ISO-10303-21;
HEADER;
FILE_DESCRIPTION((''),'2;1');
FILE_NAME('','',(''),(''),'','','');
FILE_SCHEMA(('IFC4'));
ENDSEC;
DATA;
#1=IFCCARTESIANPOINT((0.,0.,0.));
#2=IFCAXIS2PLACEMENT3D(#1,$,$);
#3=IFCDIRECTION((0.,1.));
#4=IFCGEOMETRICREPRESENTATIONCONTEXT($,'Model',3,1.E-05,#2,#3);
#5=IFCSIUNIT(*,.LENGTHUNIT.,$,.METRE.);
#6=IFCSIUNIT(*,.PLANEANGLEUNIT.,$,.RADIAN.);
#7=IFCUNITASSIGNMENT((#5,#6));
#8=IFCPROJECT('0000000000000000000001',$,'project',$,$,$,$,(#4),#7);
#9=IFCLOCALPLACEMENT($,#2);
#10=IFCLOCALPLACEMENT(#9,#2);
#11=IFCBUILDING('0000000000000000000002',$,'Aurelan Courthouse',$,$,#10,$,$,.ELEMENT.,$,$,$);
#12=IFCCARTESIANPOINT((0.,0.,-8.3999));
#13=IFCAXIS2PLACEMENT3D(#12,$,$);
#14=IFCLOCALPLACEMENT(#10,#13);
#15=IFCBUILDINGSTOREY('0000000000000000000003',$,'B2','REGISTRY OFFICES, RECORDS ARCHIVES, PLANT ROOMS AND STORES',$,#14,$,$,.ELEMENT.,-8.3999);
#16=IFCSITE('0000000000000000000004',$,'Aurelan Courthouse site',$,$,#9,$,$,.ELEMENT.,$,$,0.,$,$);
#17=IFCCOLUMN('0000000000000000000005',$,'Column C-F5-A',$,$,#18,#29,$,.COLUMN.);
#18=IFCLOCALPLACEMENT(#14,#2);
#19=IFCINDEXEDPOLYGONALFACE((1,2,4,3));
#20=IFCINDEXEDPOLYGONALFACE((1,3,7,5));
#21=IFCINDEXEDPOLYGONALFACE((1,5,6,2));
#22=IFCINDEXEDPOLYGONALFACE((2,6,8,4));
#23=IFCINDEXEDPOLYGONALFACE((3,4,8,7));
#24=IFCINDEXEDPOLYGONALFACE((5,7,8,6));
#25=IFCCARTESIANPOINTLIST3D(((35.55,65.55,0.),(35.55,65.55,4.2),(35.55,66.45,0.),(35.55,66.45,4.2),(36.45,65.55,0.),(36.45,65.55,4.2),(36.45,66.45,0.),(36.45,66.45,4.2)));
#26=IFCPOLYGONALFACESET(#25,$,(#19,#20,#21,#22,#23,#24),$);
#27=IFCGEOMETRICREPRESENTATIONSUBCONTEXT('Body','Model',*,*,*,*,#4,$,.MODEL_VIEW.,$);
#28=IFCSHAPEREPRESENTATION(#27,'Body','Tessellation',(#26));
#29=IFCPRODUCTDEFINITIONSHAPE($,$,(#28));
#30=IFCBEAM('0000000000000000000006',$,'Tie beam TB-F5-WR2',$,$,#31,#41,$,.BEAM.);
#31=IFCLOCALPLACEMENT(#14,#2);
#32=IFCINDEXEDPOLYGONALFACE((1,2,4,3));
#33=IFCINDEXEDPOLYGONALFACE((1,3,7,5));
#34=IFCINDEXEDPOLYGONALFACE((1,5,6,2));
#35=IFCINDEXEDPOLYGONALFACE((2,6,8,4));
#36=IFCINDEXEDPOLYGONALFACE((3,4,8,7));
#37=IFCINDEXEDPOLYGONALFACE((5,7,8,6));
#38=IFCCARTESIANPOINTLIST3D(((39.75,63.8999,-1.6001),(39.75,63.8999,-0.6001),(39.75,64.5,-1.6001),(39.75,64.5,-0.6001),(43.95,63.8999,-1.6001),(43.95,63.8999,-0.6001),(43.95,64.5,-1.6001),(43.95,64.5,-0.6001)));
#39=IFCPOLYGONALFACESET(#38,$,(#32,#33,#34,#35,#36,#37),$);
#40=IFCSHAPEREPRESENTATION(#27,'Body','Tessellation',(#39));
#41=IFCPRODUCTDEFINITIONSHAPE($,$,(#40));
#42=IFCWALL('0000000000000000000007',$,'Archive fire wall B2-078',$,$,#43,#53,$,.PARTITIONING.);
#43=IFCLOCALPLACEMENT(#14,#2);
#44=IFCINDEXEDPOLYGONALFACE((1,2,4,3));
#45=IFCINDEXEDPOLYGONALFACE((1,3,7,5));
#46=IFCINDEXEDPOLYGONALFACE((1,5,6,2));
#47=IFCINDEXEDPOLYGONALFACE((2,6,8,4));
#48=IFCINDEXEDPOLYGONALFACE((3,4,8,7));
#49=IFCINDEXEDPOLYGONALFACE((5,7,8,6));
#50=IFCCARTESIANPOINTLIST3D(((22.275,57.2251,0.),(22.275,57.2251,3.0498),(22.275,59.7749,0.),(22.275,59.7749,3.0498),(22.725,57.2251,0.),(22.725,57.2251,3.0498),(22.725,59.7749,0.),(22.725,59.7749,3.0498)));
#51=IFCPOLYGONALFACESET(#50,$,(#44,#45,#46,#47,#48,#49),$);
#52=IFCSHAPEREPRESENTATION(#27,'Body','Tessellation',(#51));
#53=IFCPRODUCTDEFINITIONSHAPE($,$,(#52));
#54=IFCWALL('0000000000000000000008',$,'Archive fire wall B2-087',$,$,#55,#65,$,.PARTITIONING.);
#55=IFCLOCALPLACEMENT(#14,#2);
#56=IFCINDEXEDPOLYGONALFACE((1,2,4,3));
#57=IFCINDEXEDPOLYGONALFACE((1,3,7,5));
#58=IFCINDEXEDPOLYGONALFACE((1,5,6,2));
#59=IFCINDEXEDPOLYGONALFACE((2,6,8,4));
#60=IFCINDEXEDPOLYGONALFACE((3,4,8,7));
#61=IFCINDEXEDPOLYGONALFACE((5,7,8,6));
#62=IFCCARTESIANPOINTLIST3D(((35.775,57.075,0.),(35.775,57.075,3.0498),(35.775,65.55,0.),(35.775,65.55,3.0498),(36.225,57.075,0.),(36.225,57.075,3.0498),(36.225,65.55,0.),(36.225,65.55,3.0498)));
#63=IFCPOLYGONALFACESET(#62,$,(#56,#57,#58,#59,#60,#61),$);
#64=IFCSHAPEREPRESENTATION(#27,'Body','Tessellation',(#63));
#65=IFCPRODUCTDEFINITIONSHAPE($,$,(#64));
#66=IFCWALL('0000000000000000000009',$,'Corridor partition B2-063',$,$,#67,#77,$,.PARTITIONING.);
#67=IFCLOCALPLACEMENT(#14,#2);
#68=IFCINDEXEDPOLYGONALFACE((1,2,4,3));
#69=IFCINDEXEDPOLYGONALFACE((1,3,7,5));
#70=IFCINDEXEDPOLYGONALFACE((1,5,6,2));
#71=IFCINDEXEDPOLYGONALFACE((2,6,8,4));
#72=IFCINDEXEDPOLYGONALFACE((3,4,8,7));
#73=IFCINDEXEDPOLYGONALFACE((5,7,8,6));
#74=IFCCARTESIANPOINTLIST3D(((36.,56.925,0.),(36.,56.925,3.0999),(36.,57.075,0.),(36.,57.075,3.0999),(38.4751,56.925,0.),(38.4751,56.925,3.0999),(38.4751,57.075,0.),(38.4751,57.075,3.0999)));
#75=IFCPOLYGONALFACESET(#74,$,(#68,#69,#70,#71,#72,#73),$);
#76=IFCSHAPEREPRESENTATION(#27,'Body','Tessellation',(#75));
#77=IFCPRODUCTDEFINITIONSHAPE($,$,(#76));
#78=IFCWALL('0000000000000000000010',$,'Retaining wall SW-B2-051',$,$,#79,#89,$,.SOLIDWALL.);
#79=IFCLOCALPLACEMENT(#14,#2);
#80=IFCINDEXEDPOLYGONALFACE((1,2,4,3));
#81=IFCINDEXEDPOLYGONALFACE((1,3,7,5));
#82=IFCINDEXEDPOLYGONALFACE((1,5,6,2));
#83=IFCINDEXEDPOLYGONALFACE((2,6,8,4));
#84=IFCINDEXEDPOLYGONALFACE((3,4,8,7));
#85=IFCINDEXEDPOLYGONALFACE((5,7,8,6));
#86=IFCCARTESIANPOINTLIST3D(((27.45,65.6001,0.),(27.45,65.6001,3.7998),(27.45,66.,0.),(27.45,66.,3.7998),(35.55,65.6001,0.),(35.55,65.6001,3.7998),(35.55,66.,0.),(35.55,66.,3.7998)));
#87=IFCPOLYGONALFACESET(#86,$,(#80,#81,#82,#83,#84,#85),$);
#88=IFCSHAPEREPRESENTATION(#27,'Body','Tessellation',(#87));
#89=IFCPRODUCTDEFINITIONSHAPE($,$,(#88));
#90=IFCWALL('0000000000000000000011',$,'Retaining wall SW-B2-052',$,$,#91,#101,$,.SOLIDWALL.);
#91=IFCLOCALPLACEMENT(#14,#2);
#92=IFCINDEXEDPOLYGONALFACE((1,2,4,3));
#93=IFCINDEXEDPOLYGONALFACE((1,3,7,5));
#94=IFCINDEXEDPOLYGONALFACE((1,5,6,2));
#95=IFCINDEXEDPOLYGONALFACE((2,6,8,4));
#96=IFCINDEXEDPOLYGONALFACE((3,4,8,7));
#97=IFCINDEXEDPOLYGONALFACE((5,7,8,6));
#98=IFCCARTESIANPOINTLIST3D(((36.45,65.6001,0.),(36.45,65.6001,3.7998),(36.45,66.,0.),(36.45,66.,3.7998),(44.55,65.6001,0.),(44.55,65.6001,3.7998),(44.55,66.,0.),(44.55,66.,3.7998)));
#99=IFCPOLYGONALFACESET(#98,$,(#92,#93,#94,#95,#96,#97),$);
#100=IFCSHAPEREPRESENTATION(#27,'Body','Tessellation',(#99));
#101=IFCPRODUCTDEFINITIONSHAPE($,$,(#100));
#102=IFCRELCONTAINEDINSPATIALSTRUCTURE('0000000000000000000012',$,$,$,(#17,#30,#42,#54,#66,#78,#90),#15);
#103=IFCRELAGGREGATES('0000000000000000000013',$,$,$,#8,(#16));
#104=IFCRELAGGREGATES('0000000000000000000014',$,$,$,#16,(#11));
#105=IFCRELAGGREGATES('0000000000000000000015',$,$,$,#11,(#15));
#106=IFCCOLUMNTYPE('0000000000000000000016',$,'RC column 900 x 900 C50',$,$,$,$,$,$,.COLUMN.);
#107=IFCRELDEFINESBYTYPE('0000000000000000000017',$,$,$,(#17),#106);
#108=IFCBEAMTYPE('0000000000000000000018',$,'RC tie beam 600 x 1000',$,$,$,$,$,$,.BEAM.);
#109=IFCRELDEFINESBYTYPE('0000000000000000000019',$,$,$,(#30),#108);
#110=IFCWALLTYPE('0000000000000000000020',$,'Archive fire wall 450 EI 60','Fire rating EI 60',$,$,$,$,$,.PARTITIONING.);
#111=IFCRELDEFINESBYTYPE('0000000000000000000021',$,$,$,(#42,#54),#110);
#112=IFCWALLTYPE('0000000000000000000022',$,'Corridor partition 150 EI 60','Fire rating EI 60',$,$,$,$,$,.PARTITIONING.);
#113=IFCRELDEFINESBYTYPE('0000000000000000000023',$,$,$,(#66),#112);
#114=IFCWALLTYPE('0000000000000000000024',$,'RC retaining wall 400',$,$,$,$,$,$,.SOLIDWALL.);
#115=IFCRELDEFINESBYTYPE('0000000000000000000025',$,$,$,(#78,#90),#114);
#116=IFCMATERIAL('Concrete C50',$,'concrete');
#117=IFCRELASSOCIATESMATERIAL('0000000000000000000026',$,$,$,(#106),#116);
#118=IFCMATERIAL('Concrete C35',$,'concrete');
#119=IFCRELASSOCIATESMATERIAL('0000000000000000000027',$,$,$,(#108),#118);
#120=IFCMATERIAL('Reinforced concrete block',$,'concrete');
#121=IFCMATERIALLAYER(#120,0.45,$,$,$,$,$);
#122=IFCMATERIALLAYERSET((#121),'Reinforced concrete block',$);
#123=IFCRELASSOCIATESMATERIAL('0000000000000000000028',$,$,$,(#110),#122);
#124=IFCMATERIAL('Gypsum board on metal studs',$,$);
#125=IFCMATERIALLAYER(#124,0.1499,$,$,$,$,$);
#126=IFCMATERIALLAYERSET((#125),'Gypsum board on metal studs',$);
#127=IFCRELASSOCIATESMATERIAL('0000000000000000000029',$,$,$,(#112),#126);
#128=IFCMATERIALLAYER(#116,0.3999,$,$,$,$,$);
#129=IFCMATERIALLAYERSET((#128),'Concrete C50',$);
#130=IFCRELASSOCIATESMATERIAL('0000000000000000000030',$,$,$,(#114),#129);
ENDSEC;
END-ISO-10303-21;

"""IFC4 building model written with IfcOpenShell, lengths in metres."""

from ifc_helpers import new_model, si_unit, direction, frame, frame_2d, origin, origin_2d, place, context, subcontext, project, spatial, rectangle, extrude, material, layer, layer_set, material_profile, profile_set, type_object, element, save


model = new_model("IFC4")

# Units and contexts
model_context = context("Model", 3, precision=1e-05, world=origin(), true_north=direction((0.0, 1.0)))
body_context = subcontext(model_context, "Body", "Model", "MODEL_VIEW")
ifc_project = project(units=[si_unit("LENGTHUNIT", "METRE"), si_unit("PLANEANGLEUNIT", "RADIAN")], contexts=[model_context])

# Site, building, storey
site_placement = place(None, origin())
site = spatial("IfcSite", under=ifc_project, at=site_placement, Name="Aurelan Courthouse site", CompositionType="ELEMENT", RefElevation=0.0)
building_placement = place(site_placement, origin())
building = spatial("IfcBuilding", under=site, at=building_placement, Name="Aurelan Courthouse", CompositionType="ELEMENT")
storey_placement = place(building_placement, frame((0.0, 0.0, -8.3999)))
storey = spatial("IfcBuildingStorey", under=building, at=storey_placement, Name="B2", Description="REGISTRY OFFICES, RECORDS ARCHIVES, PLANT ROOMS AND STORES", CompositionType="ELEMENT", Elevation=-8.3999)

# Shared definitions
ifc_material_1 = material(Name="Concrete C35", Category="concrete")

# Column
ifc_material_2 = material(Name="Concrete C50", Category="concrete")
ifc_material_profile_1 = material_profile(ifc_material_2, rectangle(XDim=0.8999, YDim=0.8999, at=origin_2d()), Name="RC 900 x 900")
ifc_profile_set_1 = profile_set([ifc_material_profile_1], Name="Concrete C50")
column_type = type_object("IfcColumnType", Name="RC column 900 x 900 C50", PredefinedType="COLUMN", material=ifc_profile_set_1)
for number, where, z_axis, x_axis, name in (
    (1, (36.0, 66.0, 0.0), (0.0, 0.0, 1.0), (1.0, 0.0, 0.0), "Column C-F5-A"),
):
    element("IfcColumn", number, at=place(storey_placement, frame(where, z_axis=z_axis, x_axis=x_axis)), inside=storey, type_object=column_type, Name=name, PredefinedType="COLUMN", context=body_context, shape_type="SweptSolid", body=[
        extrude(rectangle(XDim=0.8999, YDim=0.8999, at=origin_2d()), origin(), (0.0, 0.0, 1.0), 4.2),
    ])

# Beam
ifc_material_profile_2 = material_profile(ifc_material_1, rectangle(XDim=0.6001, YDim=1.0, at=origin_2d()), Name="RC 600 x 1000")
ifc_profile_set_2 = profile_set([ifc_material_profile_2], Name="Concrete C35")
beam_type = type_object("IfcBeamType", Name="RC tie beam 600 x 1000", PredefinedType="BEAM", material=ifc_profile_set_2)
beam_placement = place(storey_placement, frame((39.75, 64.2, -1.1001), z_axis=(1.0, 0.0, 0.0), x_axis=(0.0, 1.0, 0.0)))
element("IfcBeam", 2, at=beam_placement, inside=storey, type_object=beam_type, Name="Tie beam TB-F5-WR2", PredefinedType="BEAM", context=body_context, shape_type="SweptSolid", body=[
    extrude(rectangle(XDim=0.6001, YDim=1.0, at=origin_2d()), origin(), (0.0, 0.0, 1.0), 4.2),
])

# Walls
ifc_material_3 = material(Name="Reinforced concrete block", Category="concrete")
ifc_layer_1 = layer(ifc_material_3, 0.45)
ifc_layer_set_1 = layer_set([ifc_layer_1], Name="Reinforced concrete block")
wall_type_1 = type_object("IfcWallType", Name="Archive fire wall 450 EI 60", Description="Fire rating EI 60", PredefinedType="PARTITIONING", material=ifc_layer_set_1)
wall_1_placement = place(storey_placement, frame((22.5, 57.2251, 0.0), z_axis=(0.0, 0.0, 1.0), x_axis=(0.0, 1.0, 0.0)))
element("IfcWall", 3, at=wall_1_placement, inside=storey, type_object=wall_type_1, Name="Archive fire wall B2-078", PredefinedType="PARTITIONING", context=body_context, shape_type="SweptSolid", body=[
    extrude(rectangle(XDim=2.5498, YDim=0.45, at=frame_2d((1.2749, 0.0))), origin(), (0.0, 0.0, 1.0), 3.0498),
])
wall_2_placement = place(storey_placement, frame((36.0, 57.075, 0.0), z_axis=(0.0, 0.0, 1.0), x_axis=(0.0, 1.0, 0.0)))
element("IfcWall", 4, at=wall_2_placement, inside=storey, type_object=wall_type_1, Name="Archive fire wall B2-087", PredefinedType="PARTITIONING", context=body_context, shape_type="SweptSolid", body=[
    extrude(rectangle(XDim=8.4751, YDim=0.45, at=frame_2d((4.2375, 0.0))), origin(), (0.0, 0.0, 1.0), 3.0498),
])
ifc_material_4 = material(Name="Gypsum board on metal studs")
ifc_layer_2 = layer(ifc_material_4, 0.1499)
ifc_layer_set_2 = layer_set([ifc_layer_2], Name="Gypsum board on metal studs")
wall_type_2 = type_object("IfcWallType", Name="Corridor partition 150 EI 60", Description="Fire rating EI 60", PredefinedType="PARTITIONING", material=ifc_layer_set_2)
wall_3_placement = place(storey_placement, frame((36.0, 57.0, 0.0), z_axis=(0.0, 0.0, 1.0), x_axis=(1.0, 0.0, 0.0)))
element("IfcWall", 5, at=wall_3_placement, inside=storey, type_object=wall_type_2, Name="Corridor partition B2-063", PredefinedType="PARTITIONING", context=body_context, shape_type="SweptSolid", body=[
    extrude(rectangle(XDim=2.4751, YDim=0.1499, at=frame_2d((1.2375, 0.0))), origin(), (0.0, 0.0, 1.0), 3.0999),
])
ifc_layer_3 = layer(ifc_material_2, 0.3999)
ifc_layer_set_3 = layer_set([ifc_layer_3], Name="Concrete C50")
wall_type_3 = type_object("IfcWallType", Name="RC retaining wall 400", PredefinedType="SOLIDWALL", material=ifc_layer_set_3)
for number, where, z_axis, x_axis, name in (
    (6, (27.45, 65.8, 0.0), (0.0, 0.0, 1.0), (1.0, 0.0, 0.0), "Retaining wall SW-B2-051"),
    (7, (36.45, 65.8, 0.0), (0.0, 0.0, 1.0), (1.0, 0.0, 0.0), "Retaining wall SW-B2-052"),
):
    element("IfcWall", number, at=place(storey_placement, frame(where, z_axis=z_axis, x_axis=x_axis)), inside=storey, type_object=wall_type_3, Name=name, PredefinedType="SOLIDWALL", context=body_context, shape_type="SweptSolid", body=[
        extrude(rectangle(XDim=8.1001, YDim=0.3999, at=frame_2d((4.05, 0.0))), origin(), (0.0, 0.0, 1.0), 3.7998),
    ])

save(model, "model.ifc")
